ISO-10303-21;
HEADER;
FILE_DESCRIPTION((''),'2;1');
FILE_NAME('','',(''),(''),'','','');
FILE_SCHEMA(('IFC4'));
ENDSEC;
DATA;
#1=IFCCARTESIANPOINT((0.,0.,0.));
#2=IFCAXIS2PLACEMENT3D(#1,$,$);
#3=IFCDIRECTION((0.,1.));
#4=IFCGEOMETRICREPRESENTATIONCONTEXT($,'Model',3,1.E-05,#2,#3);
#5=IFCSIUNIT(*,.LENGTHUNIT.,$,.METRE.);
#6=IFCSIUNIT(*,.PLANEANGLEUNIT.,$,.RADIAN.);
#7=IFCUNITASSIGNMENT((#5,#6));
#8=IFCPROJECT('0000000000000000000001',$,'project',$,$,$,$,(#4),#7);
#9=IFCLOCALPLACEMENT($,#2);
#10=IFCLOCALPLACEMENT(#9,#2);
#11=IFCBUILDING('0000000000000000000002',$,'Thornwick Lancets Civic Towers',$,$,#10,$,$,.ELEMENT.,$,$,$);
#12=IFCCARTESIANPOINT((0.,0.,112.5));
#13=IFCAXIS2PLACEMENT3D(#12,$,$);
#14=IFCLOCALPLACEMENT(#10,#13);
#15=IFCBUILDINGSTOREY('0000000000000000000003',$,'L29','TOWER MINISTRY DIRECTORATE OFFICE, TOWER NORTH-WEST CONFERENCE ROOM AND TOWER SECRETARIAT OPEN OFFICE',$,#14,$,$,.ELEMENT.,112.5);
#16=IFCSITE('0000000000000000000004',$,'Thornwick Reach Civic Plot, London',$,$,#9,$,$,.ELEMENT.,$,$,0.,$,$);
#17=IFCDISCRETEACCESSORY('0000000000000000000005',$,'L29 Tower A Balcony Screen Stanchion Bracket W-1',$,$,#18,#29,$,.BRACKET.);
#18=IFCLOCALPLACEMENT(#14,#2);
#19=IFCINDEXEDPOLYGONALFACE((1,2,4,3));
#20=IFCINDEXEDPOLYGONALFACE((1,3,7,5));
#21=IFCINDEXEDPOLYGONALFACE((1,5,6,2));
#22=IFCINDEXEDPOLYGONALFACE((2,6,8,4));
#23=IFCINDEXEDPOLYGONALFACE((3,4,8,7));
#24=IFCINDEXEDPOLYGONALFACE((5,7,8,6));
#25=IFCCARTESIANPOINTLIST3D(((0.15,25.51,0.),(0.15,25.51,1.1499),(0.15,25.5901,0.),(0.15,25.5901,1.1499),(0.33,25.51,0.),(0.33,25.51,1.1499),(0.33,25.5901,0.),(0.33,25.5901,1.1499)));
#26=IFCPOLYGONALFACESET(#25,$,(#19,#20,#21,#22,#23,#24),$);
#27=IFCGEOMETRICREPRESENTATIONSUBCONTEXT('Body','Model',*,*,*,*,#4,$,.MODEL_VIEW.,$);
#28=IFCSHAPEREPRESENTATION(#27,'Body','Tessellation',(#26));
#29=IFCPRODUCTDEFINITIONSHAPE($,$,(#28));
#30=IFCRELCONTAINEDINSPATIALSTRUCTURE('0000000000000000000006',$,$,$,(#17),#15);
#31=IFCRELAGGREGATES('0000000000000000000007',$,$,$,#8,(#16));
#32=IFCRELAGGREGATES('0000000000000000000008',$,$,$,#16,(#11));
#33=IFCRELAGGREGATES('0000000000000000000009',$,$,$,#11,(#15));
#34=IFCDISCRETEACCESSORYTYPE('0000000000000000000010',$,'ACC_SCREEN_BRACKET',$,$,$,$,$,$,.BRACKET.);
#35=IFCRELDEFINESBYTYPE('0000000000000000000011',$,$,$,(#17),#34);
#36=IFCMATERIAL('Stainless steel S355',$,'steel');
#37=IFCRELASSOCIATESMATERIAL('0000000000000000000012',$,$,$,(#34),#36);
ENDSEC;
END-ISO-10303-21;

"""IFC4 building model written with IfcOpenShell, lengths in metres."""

from ifc_helpers import new_model, si_unit, direction, frame, origin, origin_2d, place, context, subcontext, project, spatial, rectangle, extrude, material, type_object, element, save


model = new_model("IFC4")

# Units and contexts
model_context = context("Model", 3, precision=1e-05, world=origin(), true_north=direction((0.0, 1.0)))
body_context = subcontext(model_context, "Body", "Model", "MODEL_VIEW")
ifc_project = project(units=[si_unit("LENGTHUNIT", "METRE"), si_unit("PLANEANGLEUNIT", "RADIAN")], contexts=[model_context])

# Site, building, storey
site_placement = place(None, origin())
site = spatial("IfcSite", under=ifc_project, at=site_placement, Name="Thornwick Reach Civic Plot, London", CompositionType="ELEMENT", RefElevation=0.0)
building_placement = place(site_placement, origin())
building = spatial("IfcBuilding", under=site, at=building_placement, Name="Thornwick Lancets Civic Towers", CompositionType="ELEMENT")
storey_placement = place(building_placement, frame((0.0, 0.0, 112.5)))
storey = spatial("IfcBuildingStorey", under=building, at=storey_placement, Name="L29", Description="TOWER MINISTRY DIRECTORATE OFFICE, TOWER NORTH-WEST CONFERENCE ROOM AND TOWER SECRETARIAT OPEN OFFICE", CompositionType="ELEMENT", Elevation=112.5)

# Discrete accessory
ifc_material_1 = material(Name="Stainless steel S355", Category="steel")
discrete_accessory_type_1 = type_object("IfcDiscreteAccessoryType", Name="ACC_SCREEN_BRACKET", PredefinedType="BRACKET", material=ifc_material_1)
discrete_accessory_1_placement = place(storey_placement, frame((0.24, 25.55, 0.0), z_axis=(0.0, 0.0, 1.0), x_axis=(0.0, 1.0, 0.0)))
element("IfcDiscreteAccessory", 1, at=discrete_accessory_1_placement, inside=storey, type_object=discrete_accessory_type_1, Name="L29 Tower A Balcony Screen Stanchion Bracket W-1", PredefinedType="BRACKET", context=body_context, shape_type="SweptSolid", body=[
    extrude(rectangle(XDim=0.0801, YDim=0.1799, at=origin_2d()), origin(), (0.0, 0.0, 1.0), 1.1499),
])

save(model, "model.ifc")
